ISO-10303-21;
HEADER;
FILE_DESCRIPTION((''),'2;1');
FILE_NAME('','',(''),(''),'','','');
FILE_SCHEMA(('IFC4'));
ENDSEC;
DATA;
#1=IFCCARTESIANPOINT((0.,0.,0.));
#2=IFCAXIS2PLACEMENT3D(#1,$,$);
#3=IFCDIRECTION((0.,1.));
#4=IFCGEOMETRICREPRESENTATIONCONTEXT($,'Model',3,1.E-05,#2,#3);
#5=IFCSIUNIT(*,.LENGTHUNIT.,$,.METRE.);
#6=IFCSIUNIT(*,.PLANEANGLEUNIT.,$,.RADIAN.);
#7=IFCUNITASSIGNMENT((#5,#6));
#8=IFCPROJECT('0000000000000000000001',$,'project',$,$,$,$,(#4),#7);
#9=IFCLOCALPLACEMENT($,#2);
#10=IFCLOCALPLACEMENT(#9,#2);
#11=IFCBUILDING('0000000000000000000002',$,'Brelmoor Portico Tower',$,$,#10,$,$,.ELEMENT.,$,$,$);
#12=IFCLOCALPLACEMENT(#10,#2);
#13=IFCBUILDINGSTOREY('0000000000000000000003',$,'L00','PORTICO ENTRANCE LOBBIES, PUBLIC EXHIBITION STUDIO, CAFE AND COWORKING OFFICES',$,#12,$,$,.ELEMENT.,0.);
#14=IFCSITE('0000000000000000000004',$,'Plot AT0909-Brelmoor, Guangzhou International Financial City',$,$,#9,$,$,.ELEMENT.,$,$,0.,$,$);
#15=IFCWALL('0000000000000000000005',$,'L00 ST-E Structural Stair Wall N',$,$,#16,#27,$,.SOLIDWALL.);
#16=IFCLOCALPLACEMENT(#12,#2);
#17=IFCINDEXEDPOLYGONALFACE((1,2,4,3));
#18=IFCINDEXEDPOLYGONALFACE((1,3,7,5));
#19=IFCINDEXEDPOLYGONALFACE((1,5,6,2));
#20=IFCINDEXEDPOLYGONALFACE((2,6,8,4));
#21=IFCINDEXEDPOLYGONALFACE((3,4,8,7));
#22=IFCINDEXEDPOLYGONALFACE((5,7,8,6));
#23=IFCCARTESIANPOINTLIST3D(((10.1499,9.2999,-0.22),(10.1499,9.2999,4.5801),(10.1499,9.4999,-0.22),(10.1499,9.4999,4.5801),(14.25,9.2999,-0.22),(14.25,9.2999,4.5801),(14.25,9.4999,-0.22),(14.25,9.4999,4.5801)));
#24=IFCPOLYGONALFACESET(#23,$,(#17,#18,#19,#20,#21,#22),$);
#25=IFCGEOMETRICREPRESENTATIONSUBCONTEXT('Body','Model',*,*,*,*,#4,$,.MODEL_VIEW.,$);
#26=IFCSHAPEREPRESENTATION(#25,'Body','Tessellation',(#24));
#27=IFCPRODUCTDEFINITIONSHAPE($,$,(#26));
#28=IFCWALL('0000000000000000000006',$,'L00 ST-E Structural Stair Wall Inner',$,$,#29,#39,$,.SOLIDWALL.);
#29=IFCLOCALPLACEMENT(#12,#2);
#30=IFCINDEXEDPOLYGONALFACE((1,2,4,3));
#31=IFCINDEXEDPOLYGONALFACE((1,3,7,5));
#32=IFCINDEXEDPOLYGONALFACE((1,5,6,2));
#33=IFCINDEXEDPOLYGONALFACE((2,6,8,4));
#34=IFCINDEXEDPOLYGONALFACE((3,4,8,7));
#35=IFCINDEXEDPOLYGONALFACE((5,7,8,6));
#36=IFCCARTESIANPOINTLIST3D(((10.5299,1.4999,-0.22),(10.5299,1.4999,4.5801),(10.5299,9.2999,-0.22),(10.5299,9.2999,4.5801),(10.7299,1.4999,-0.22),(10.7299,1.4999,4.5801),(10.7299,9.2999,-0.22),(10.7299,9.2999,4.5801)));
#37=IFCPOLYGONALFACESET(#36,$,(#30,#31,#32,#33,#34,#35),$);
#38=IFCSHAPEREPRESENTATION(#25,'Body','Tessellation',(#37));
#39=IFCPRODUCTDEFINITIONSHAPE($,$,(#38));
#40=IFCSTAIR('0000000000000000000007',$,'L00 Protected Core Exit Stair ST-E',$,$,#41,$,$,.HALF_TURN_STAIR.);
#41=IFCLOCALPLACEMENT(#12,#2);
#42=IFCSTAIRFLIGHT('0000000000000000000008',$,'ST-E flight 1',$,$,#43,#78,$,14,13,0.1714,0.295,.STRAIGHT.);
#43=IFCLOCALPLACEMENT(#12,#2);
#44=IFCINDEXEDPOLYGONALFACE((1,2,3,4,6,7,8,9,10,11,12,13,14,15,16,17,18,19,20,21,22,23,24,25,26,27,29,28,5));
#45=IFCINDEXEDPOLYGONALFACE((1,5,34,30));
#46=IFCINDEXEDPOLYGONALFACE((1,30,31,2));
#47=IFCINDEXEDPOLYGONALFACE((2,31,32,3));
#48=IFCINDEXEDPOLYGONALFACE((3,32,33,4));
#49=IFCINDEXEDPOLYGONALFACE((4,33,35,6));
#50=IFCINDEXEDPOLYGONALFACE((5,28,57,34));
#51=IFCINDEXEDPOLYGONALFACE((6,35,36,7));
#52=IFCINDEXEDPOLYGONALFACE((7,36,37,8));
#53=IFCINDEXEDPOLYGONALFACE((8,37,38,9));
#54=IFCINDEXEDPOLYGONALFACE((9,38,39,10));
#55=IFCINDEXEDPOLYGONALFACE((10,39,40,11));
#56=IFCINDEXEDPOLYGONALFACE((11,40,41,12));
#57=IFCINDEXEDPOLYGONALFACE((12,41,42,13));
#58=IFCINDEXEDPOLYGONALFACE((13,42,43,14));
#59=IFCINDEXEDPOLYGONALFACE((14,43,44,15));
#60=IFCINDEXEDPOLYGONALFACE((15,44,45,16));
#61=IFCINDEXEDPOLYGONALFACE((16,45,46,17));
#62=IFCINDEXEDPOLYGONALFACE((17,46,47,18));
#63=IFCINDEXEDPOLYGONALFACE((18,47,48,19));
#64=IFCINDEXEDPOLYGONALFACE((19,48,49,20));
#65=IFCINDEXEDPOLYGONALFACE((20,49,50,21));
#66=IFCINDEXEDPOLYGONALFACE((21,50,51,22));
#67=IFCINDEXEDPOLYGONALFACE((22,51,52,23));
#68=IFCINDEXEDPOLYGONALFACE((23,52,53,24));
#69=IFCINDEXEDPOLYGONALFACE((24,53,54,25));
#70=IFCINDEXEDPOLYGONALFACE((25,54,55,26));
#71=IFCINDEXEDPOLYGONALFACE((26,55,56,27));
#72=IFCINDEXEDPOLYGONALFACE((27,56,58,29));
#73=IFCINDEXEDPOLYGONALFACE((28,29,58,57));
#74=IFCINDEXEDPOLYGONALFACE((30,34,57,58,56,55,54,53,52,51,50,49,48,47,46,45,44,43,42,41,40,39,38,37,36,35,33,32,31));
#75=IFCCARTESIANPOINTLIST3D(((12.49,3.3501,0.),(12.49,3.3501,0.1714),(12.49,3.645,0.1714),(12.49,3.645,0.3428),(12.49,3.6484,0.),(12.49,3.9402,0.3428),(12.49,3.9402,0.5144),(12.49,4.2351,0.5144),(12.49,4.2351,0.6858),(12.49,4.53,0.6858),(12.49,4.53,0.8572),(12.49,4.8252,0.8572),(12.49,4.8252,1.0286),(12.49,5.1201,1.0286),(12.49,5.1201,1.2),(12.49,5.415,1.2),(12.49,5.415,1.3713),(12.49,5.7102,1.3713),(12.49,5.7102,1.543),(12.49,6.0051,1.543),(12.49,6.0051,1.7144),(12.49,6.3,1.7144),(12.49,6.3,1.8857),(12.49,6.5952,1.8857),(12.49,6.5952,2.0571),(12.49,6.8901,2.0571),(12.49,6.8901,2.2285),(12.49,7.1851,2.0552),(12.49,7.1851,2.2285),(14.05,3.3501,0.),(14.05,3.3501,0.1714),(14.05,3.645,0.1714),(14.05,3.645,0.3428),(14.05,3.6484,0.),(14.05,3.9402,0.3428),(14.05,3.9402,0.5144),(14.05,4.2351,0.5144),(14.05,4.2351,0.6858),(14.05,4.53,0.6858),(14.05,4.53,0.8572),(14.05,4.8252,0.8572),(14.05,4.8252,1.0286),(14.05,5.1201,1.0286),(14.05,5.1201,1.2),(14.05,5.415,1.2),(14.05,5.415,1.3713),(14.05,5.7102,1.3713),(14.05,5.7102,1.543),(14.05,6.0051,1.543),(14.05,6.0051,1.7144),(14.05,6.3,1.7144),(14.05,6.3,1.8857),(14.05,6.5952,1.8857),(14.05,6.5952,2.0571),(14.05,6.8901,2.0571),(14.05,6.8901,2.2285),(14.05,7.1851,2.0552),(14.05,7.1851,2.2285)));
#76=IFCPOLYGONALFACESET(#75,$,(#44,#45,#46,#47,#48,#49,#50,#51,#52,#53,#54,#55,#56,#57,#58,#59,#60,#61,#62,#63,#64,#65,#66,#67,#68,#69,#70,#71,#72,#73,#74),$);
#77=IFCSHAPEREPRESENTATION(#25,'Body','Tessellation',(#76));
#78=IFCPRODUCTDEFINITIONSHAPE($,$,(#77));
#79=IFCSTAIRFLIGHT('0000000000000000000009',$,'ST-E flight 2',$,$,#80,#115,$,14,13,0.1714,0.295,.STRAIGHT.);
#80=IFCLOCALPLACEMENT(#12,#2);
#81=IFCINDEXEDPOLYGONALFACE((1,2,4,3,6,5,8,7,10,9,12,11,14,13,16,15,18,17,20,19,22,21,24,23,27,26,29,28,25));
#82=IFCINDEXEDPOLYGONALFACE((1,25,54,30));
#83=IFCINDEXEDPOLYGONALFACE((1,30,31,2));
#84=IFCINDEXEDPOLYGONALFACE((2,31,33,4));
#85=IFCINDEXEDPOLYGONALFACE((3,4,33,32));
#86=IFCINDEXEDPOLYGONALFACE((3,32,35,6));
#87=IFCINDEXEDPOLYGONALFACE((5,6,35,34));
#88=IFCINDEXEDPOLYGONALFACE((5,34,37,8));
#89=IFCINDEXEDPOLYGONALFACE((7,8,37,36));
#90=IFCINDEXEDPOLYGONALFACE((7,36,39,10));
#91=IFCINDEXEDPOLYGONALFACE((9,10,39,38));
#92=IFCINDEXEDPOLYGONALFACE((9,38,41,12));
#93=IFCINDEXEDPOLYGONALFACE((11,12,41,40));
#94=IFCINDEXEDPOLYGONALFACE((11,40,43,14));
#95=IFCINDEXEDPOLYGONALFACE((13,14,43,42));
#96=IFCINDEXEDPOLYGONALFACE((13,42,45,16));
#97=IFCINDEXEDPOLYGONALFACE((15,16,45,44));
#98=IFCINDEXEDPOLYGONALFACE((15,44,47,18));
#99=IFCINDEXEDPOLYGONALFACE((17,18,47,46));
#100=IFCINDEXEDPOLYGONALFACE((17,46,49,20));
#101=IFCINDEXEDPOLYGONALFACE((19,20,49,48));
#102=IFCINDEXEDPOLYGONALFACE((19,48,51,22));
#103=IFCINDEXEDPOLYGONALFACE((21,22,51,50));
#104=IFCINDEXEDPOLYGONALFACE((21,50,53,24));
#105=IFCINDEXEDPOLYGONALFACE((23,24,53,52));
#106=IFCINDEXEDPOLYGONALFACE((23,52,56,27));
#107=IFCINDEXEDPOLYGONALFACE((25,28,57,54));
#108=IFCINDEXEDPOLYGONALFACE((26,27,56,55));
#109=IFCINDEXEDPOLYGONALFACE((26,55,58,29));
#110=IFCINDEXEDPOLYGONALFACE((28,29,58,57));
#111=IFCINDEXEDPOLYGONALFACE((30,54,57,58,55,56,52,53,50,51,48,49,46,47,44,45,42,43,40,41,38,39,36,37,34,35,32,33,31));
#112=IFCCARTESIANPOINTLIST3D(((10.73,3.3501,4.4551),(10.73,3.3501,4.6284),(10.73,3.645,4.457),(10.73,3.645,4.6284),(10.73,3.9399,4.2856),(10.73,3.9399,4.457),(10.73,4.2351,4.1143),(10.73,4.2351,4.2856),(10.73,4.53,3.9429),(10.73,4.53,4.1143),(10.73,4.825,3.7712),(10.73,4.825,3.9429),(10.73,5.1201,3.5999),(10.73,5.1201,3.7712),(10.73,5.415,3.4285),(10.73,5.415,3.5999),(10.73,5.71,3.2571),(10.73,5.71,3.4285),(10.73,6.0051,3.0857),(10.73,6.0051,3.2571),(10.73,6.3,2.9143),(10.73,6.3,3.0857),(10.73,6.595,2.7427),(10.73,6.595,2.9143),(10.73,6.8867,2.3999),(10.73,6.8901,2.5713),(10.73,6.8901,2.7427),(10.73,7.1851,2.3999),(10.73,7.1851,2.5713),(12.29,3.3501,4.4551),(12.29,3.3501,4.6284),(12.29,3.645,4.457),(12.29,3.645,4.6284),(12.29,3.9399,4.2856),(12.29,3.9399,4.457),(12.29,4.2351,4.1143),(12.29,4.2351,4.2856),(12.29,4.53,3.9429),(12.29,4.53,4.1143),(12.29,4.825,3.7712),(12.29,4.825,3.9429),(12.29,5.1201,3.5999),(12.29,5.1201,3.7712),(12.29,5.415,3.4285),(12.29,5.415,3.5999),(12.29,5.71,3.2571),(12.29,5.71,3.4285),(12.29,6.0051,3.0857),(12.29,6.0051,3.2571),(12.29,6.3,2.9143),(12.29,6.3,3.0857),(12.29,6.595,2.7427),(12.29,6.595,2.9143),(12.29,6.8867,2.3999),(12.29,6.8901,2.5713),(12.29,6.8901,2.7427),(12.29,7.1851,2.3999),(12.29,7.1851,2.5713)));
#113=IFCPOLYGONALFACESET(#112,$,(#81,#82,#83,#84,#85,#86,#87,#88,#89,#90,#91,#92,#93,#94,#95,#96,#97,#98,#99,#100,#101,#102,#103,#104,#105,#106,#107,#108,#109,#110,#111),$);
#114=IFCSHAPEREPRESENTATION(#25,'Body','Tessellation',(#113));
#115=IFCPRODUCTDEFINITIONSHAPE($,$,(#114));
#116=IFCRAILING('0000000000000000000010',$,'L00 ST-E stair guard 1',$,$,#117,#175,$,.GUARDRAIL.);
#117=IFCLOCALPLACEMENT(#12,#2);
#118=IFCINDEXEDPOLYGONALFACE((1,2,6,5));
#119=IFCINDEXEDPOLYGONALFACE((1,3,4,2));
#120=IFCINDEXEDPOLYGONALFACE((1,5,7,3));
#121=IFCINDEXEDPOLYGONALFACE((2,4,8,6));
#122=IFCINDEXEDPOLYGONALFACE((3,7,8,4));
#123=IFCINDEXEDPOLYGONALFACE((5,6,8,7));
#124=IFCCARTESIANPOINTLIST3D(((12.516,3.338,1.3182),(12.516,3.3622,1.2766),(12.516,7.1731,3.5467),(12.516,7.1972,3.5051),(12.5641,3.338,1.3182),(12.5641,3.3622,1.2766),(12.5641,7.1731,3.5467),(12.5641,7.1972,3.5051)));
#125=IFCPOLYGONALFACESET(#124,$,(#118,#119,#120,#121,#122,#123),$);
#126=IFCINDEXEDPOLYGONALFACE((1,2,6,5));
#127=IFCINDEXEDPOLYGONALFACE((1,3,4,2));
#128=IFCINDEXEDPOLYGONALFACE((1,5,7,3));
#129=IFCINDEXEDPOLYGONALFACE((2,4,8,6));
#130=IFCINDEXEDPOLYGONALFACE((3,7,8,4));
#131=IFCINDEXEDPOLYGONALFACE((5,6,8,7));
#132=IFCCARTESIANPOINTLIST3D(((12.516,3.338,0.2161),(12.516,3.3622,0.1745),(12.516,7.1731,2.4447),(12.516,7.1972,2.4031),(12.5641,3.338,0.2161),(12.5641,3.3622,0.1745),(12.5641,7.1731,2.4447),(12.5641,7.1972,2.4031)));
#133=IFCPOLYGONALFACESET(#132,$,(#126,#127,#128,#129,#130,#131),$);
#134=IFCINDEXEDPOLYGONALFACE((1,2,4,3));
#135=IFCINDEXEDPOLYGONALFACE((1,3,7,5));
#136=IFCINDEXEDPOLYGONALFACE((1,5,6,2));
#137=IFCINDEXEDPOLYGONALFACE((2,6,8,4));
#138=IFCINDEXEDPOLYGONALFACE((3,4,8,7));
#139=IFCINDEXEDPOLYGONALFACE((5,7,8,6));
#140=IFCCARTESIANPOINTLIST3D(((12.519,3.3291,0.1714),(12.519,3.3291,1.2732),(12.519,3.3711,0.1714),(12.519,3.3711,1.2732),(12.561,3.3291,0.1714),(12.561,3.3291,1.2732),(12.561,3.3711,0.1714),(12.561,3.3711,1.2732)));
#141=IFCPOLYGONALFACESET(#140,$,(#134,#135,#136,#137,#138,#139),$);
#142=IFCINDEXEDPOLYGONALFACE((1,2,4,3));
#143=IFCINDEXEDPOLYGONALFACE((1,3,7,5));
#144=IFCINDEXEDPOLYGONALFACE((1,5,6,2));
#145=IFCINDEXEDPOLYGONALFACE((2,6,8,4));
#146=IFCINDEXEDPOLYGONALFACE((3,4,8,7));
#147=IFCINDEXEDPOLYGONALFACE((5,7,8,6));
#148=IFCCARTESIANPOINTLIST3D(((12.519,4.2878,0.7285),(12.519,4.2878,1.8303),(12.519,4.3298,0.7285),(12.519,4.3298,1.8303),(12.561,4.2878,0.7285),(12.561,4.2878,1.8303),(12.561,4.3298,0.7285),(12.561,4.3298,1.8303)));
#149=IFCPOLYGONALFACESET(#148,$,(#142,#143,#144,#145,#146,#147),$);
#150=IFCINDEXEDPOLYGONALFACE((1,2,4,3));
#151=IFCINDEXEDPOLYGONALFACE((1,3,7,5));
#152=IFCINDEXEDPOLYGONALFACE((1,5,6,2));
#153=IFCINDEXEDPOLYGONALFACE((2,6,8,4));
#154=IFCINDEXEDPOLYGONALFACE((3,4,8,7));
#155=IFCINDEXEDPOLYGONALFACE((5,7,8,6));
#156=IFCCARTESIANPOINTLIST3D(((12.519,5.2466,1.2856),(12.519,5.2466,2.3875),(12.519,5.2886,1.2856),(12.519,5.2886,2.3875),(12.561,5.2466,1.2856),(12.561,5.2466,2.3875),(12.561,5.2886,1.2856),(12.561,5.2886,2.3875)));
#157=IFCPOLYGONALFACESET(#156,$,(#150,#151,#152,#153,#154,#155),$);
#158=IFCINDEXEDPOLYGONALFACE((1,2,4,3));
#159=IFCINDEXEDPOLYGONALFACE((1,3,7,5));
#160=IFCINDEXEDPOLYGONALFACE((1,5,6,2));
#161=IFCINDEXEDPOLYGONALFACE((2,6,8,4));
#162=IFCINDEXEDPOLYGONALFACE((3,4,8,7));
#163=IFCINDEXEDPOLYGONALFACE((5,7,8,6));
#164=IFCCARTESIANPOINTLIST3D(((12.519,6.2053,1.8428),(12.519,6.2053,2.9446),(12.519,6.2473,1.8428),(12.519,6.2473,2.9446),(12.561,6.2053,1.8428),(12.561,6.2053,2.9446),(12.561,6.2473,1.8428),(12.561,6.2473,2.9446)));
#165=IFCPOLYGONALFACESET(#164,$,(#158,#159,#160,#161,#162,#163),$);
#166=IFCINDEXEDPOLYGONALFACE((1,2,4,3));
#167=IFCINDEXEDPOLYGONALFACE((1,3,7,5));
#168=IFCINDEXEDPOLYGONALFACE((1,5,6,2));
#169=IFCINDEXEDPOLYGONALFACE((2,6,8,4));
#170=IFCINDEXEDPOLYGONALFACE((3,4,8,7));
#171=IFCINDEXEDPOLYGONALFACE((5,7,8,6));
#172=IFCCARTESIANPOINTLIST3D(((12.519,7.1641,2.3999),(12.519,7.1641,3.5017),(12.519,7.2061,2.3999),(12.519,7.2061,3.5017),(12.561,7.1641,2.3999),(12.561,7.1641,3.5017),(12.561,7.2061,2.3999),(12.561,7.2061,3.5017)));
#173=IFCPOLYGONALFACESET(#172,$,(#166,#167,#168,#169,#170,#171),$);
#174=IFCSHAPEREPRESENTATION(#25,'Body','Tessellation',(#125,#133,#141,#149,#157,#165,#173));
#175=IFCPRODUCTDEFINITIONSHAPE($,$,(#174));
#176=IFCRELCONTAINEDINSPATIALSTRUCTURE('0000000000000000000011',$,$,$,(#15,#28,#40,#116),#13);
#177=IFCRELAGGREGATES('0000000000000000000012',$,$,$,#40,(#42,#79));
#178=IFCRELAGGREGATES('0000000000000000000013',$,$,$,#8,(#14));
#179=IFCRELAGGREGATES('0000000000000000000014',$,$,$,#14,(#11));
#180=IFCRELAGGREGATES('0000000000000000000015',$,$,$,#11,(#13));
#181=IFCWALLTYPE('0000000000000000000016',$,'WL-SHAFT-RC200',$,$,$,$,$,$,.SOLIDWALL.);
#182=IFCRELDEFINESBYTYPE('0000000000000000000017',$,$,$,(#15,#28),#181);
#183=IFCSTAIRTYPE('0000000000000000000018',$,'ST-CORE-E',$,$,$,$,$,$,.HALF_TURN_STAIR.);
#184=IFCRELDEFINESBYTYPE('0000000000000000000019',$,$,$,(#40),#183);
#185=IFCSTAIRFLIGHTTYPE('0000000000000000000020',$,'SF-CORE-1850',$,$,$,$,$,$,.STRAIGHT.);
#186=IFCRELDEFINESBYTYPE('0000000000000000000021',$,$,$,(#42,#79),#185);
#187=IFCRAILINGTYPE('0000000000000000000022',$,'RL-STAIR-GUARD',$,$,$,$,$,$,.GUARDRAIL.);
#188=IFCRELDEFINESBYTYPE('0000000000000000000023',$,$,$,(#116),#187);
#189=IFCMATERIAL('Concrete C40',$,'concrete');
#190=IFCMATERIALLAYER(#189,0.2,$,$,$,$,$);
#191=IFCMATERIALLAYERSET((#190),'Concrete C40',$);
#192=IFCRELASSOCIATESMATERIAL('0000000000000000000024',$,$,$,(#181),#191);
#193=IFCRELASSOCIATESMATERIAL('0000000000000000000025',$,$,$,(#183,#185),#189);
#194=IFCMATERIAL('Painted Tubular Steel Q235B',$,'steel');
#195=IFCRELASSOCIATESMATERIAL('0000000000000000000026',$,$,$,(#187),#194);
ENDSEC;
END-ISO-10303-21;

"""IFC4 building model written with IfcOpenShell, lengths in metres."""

from ifc_helpers import new_model, si_unit, direction, frame, frame_2d, origin, origin_2d, place, context, subcontext, project, spatial, polyline, rectangle, outline, extrude, material, layer, layer_set, type_object, element, aggregate, save


model = new_model("IFC4")

# Units and contexts
model_context = context("Model", 3, precision=1e-05, world=origin(), true_north=direction((0.0, 1.0)))
body_context = subcontext(model_context, "Body", "Model", "MODEL_VIEW")
ifc_project = project(units=[si_unit("LENGTHUNIT", "METRE"), si_unit("PLANEANGLEUNIT", "RADIAN")], contexts=[model_context])

# Site, building, storey
site_placement = place(None, origin())
site = spatial("IfcSite", under=ifc_project, at=site_placement, Name="Plot AT0909-Brelmoor, Guangzhou International Financial City", CompositionType="ELEMENT", RefElevation=0.0)
building_placement = place(site_placement, origin())
building = spatial("IfcBuilding", under=site, at=building_placement, Name="Brelmoor Portico Tower", CompositionType="ELEMENT")
storey_placement = place(building_placement, origin())
storey = spatial("IfcBuildingStorey", under=building, at=storey_placement, Name="L00", Description="PORTICO ENTRANCE LOBBIES, PUBLIC EXHIBITION STUDIO, CAFE AND COWORKING OFFICES", CompositionType="ELEMENT", Elevation=0.0)

# Shared definitions
ifc_material_1 = material(Name="Concrete C40", Category="concrete")
ifc_layer_1 = layer(ifc_material_1, 0.2)
ifc_layer_set_1 = layer_set([ifc_layer_1], Name="Concrete C40")
wall_type_1 = type_object("IfcWallType", Name="WL-SHAFT-RC200", PredefinedType="SOLIDWALL", material=ifc_layer_set_1)

# Walls
wall_1_placement = place(storey_placement, frame((10.1499, 9.3999, -0.22), z_axis=(0.0, 0.0, 1.0), x_axis=(1.0, 0.0, 0.0)))
element("IfcWall", 1, at=wall_1_placement, inside=storey, type_object=wall_type_1, Name="L00 ST-E Structural Stair Wall N", PredefinedType="SOLIDWALL", context=body_context, shape_type="SweptSolid", body=[
    extrude(rectangle(XDim=4.1001, YDim=0.2, at=frame_2d((2.05, 0.0))), origin(), (0.0, 0.0, 1.0), 4.8),
])
wall_2_placement = place(storey_placement, frame((10.6299, 1.5, -0.22), z_axis=(0.0, 0.0, 1.0), x_axis=(0.0, 1.0, 0.0)))
element("IfcWall", 2, at=wall_2_placement, inside=storey, type_object=wall_type_1, Name="L00 ST-E Structural Stair Wall Inner", PredefinedType="SOLIDWALL", context=body_context, shape_type="SweptSolid", body=[
    extrude(rectangle(XDim=7.8, YDim=0.2, at=frame_2d((3.8999, 0.0))), origin(), (0.0, 0.0, 1.0), 4.8),
])

# Stair, stair flights
stair_type = type_object("IfcStairType", Name="ST-CORE-E", PredefinedType="HALF_TURN_STAIR", material=ifc_material_1)
stair_placement = place(storey_placement, origin())
stair = element("IfcStair", 3, at=stair_placement, inside=storey, type_object=stair_type, Name="L00 Protected Core Exit Stair ST-E", PredefinedType="HALF_TURN_STAIR")
stair_flight_type = type_object("IfcStairFlightType", Name="SF-CORE-1850", PredefinedType="STRAIGHT", material=ifc_material_1)
stair_flight_1_placement = place(storey_placement, frame((13.27, 3.3501, 0.0), z_axis=(0.0, 0.0, 1.0), x_axis=(0.0, 1.0, 0.0)))
stair_flight_1 = element("IfcStairFlight", 4, at=stair_flight_1_placement, type_object=stair_flight_type, Name="ST-E flight 1", NumberOfRisers=14, NumberOfTreads=13, PredefinedType="STRAIGHT", RiserHeight=0.1714, TreadLength=0.295, context=body_context, shape_type="SweptSolid", body=[
    extrude(outline(polyline([(0.0, 0.0), (0.0, 0.1714), (0.2949, 0.1714), (0.2949, 0.3428), (0.5901, 0.3428), (0.5901, 0.5144), (0.885, 0.5144), (0.885, 0.6858), (1.1799, 0.6858), (1.1799, 0.8572), (1.4751, 0.8572), (1.4751, 1.0286), (1.77, 1.0286), (1.77, 1.2), (2.0649, 1.2), (2.0649, 1.3713), (2.3601, 1.3713), (2.3601, 1.543), (2.655, 1.543), (2.655, 1.7144), (2.95, 1.7144), (2.95, 1.8857), (3.2451, 1.8857), (3.2451, 2.0571), (3.54, 2.0571), (3.54, 2.2285), (3.835, 2.2285), (3.835, 2.3999), (3.835, 2.0552), (0.2983, 0.0), (0.0, 0.0)])), frame((0.0, 0.78, 0.0), z_axis=(0.0, -1.0, 0.0), x_axis=(1.0, 0.0, 0.0)), (0.0, 0.0, 1.0), 1.5601),
])
stair_flight_2_placement = place(storey_placement, frame((11.51, 7.1851, 2.3999), z_axis=(0.0, 0.0, 1.0), x_axis=(0.0, -1.0, 0.0)))
stair_flight_2 = element("IfcStairFlight", 5, at=stair_flight_2_placement, type_object=stair_flight_type, Name="ST-E flight 2", NumberOfRisers=14, NumberOfTreads=13, PredefinedType="STRAIGHT", RiserHeight=0.1714, TreadLength=0.295, context=body_context, shape_type="SweptSolid", body=[
    extrude(outline(polyline([(0.0, 0.0), (0.0, 0.1714), (0.2949, 0.1714), (0.2949, 0.3428), (0.5901, 0.3428), (0.5901, 0.5144), (0.885, 0.5144), (0.885, 0.6858), (1.1799, 0.6858), (1.1799, 0.8572), (1.4751, 0.8572), (1.4751, 1.0286), (1.77, 1.0286), (1.77, 1.2), (2.0649, 1.2), (2.0649, 1.3713), (2.3601, 1.3713), (2.3601, 1.543), (2.655, 1.543), (2.655, 1.7144), (2.95, 1.7144), (2.95, 1.8857), (3.2451, 1.8857), (3.2451, 2.0571), (3.54, 2.0571), (3.54, 2.2285), (3.835, 2.2285), (3.835, 2.3999), (3.835, 2.0552), (0.2983, 0.0), (0.0, 0.0)])), frame((0.0, 0.78, 0.0), z_axis=(0.0, -1.0, 0.0), x_axis=(1.0, 0.0, 0.0)), (0.0, 0.0, 1.0), 1.5601),
])
aggregate(stair, [stair_flight_1, stair_flight_2])

# Railing
ifc_material_2 = material(Name="Painted Tubular Steel Q235B", Category="steel")
railing_type_1 = type_object("IfcRailingType", Name="RL-STAIR-GUARD", PredefinedType="GUARDRAIL", material=ifc_material_2)
railing_1_placement = place(storey_placement, frame((12.54, 3.3501, 0.1714)))
element("IfcRailing", 6, at=railing_1_placement, inside=storey, type_object=railing_type_1, Name="L00 ST-E stair guard 1", PredefinedType="GUARDRAIL", context=body_context, shape_type="SweptSolid", body=[
    extrude(rectangle(XDim=0.0481, YDim=0.0481, at=origin_2d()), frame((0.0, 0.0, 1.126), z_axis=(0.0, 0.864616, 0.502433), x_axis=(-1.0, 0.0, 0.0)), (0.0, 0.0, 1.0), 4.4355),
    extrude(rectangle(XDim=0.0481, YDim=0.0481, at=origin_2d()), frame((0.0, 0.0, 0.0239), z_axis=(0.0, 0.864616, 0.502433), x_axis=(-1.0, 0.0, 0.0)), (0.0, 0.0, 1.0), 4.4355),
    extrude(rectangle(XDim=0.042, YDim=0.042, at=origin_2d()), origin(), (0.0, 0.0, 1.0), 1.1018),
    extrude(rectangle(XDim=0.042, YDim=0.042, at=origin_2d()), frame((0.0, 0.9587, 0.5571)), (0.0, 0.0, 1.0), 1.1018),
    extrude(rectangle(XDim=0.042, YDim=0.042, at=origin_2d()), frame((0.0, 1.9175, 1.1143)), (0.0, 0.0, 1.0), 1.1018),
    extrude(rectangle(XDim=0.042, YDim=0.042, at=origin_2d()), frame((0.0, 2.8762, 1.6714)), (0.0, 0.0, 1.0), 1.1018),
    extrude(rectangle(XDim=0.042, YDim=0.042, at=origin_2d()), frame((0.0, 3.835, 2.2285)), (0.0, 0.0, 1.0), 1.1018),
])

save(model, "model.ifc")
